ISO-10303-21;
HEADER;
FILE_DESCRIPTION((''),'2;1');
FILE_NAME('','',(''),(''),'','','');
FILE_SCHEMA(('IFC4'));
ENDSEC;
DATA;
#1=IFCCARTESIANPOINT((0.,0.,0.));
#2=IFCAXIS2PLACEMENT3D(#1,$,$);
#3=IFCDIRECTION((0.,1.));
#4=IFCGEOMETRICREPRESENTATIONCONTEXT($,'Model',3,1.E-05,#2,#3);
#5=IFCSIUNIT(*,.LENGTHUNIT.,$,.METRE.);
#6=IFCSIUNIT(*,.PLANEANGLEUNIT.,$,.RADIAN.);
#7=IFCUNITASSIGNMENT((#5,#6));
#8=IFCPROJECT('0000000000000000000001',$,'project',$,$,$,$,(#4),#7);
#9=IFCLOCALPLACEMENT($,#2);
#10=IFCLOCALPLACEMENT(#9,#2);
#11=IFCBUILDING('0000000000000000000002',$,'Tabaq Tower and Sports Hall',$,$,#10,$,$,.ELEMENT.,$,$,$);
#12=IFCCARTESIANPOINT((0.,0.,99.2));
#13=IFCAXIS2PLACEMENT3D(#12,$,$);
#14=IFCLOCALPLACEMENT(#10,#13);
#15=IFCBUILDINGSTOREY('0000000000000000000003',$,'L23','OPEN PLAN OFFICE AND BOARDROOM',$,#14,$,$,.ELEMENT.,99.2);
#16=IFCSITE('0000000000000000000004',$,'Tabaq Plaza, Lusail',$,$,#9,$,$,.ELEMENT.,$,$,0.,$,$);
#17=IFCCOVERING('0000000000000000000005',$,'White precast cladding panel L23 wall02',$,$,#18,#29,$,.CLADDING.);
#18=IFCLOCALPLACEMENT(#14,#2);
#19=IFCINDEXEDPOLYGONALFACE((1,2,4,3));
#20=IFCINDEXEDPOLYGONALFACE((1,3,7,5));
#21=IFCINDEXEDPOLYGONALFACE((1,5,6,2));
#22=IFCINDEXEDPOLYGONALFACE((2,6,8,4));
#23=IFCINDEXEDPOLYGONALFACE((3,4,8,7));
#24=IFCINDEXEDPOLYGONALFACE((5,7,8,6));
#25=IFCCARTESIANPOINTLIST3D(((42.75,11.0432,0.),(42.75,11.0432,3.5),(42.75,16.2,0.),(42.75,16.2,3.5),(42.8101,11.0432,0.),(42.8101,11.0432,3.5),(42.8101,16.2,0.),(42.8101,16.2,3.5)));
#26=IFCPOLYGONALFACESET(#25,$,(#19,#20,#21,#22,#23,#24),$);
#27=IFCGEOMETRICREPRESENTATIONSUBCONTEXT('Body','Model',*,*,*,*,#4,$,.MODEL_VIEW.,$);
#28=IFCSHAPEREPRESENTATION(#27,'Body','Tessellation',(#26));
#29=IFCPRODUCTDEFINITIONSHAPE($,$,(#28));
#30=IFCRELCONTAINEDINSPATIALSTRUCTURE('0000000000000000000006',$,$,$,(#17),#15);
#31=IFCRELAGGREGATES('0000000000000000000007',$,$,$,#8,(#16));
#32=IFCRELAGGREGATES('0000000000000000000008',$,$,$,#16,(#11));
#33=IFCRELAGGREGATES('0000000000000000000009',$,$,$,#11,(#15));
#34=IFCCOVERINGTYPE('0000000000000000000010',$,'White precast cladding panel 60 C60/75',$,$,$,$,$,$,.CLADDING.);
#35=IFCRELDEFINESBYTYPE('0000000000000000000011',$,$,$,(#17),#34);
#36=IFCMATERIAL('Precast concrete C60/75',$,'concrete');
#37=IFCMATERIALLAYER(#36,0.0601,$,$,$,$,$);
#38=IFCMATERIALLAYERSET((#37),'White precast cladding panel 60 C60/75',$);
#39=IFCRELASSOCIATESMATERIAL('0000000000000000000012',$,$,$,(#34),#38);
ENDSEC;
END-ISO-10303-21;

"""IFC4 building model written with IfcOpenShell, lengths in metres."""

from ifc_helpers import new_model, si_unit, direction, frame, frame_2d, origin, place, context, subcontext, project, spatial, rectangle, extrude, material, layer, layer_set, type_object, element, save


model = new_model("IFC4")

# Units and contexts
model_context = context("Model", 3, precision=1e-05, world=origin(), true_north=direction((0.0, 1.0)))
body_context = subcontext(model_context, "Body", "Model", "MODEL_VIEW")
ifc_project = project(units=[si_unit("LENGTHUNIT", "METRE"), si_unit("PLANEANGLEUNIT", "RADIAN")], contexts=[model_context])

# Site, building, storey
site_placement = place(None, origin())
site = spatial("IfcSite", under=ifc_project, at=site_placement, Name="Tabaq Plaza, Lusail", CompositionType="ELEMENT", RefElevation=0.0)
building_placement = place(site_placement, origin())
building = spatial("IfcBuilding", under=site, at=building_placement, Name="Tabaq Tower and Sports Hall", CompositionType="ELEMENT")
storey_placement = place(building_placement, frame((0.0, 0.0, 99.2)))
storey = spatial("IfcBuildingStorey", under=building, at=storey_placement, Name="L23", Description="OPEN PLAN OFFICE AND BOARDROOM", CompositionType="ELEMENT", Elevation=99.2)

# Covering
ifc_material_1 = material(Name="Precast concrete C60/75", Category="concrete")
ifc_layer_1 = layer(ifc_material_1, 0.0601)
ifc_layer_set_1 = layer_set([ifc_layer_1], Name="White precast cladding panel 60 C60/75")
covering_type = type_object("IfcCoveringType", Name="White precast cladding panel 60 C60/75", PredefinedType="CLADDING", material=ifc_layer_set_1)
covering_1_placement = place(storey_placement, frame((42.78, 11.0432, 0.0), z_axis=(0.0, 0.0, 1.0), x_axis=(0.0, 1.0, 0.0)))
element("IfcCovering", 1, at=covering_1_placement, inside=storey, type_object=covering_type, Name="White precast cladding panel L23 wall02", PredefinedType="CLADDING", context=body_context, shape_type="SweptSolid", body=[
    extrude(rectangle(XDim=5.1567, YDim=0.0601, at=frame_2d((2.5784, 0.0))), origin(), (0.0, 0.0, 1.0), 3.5),
])

save(model, "model.ifc")
